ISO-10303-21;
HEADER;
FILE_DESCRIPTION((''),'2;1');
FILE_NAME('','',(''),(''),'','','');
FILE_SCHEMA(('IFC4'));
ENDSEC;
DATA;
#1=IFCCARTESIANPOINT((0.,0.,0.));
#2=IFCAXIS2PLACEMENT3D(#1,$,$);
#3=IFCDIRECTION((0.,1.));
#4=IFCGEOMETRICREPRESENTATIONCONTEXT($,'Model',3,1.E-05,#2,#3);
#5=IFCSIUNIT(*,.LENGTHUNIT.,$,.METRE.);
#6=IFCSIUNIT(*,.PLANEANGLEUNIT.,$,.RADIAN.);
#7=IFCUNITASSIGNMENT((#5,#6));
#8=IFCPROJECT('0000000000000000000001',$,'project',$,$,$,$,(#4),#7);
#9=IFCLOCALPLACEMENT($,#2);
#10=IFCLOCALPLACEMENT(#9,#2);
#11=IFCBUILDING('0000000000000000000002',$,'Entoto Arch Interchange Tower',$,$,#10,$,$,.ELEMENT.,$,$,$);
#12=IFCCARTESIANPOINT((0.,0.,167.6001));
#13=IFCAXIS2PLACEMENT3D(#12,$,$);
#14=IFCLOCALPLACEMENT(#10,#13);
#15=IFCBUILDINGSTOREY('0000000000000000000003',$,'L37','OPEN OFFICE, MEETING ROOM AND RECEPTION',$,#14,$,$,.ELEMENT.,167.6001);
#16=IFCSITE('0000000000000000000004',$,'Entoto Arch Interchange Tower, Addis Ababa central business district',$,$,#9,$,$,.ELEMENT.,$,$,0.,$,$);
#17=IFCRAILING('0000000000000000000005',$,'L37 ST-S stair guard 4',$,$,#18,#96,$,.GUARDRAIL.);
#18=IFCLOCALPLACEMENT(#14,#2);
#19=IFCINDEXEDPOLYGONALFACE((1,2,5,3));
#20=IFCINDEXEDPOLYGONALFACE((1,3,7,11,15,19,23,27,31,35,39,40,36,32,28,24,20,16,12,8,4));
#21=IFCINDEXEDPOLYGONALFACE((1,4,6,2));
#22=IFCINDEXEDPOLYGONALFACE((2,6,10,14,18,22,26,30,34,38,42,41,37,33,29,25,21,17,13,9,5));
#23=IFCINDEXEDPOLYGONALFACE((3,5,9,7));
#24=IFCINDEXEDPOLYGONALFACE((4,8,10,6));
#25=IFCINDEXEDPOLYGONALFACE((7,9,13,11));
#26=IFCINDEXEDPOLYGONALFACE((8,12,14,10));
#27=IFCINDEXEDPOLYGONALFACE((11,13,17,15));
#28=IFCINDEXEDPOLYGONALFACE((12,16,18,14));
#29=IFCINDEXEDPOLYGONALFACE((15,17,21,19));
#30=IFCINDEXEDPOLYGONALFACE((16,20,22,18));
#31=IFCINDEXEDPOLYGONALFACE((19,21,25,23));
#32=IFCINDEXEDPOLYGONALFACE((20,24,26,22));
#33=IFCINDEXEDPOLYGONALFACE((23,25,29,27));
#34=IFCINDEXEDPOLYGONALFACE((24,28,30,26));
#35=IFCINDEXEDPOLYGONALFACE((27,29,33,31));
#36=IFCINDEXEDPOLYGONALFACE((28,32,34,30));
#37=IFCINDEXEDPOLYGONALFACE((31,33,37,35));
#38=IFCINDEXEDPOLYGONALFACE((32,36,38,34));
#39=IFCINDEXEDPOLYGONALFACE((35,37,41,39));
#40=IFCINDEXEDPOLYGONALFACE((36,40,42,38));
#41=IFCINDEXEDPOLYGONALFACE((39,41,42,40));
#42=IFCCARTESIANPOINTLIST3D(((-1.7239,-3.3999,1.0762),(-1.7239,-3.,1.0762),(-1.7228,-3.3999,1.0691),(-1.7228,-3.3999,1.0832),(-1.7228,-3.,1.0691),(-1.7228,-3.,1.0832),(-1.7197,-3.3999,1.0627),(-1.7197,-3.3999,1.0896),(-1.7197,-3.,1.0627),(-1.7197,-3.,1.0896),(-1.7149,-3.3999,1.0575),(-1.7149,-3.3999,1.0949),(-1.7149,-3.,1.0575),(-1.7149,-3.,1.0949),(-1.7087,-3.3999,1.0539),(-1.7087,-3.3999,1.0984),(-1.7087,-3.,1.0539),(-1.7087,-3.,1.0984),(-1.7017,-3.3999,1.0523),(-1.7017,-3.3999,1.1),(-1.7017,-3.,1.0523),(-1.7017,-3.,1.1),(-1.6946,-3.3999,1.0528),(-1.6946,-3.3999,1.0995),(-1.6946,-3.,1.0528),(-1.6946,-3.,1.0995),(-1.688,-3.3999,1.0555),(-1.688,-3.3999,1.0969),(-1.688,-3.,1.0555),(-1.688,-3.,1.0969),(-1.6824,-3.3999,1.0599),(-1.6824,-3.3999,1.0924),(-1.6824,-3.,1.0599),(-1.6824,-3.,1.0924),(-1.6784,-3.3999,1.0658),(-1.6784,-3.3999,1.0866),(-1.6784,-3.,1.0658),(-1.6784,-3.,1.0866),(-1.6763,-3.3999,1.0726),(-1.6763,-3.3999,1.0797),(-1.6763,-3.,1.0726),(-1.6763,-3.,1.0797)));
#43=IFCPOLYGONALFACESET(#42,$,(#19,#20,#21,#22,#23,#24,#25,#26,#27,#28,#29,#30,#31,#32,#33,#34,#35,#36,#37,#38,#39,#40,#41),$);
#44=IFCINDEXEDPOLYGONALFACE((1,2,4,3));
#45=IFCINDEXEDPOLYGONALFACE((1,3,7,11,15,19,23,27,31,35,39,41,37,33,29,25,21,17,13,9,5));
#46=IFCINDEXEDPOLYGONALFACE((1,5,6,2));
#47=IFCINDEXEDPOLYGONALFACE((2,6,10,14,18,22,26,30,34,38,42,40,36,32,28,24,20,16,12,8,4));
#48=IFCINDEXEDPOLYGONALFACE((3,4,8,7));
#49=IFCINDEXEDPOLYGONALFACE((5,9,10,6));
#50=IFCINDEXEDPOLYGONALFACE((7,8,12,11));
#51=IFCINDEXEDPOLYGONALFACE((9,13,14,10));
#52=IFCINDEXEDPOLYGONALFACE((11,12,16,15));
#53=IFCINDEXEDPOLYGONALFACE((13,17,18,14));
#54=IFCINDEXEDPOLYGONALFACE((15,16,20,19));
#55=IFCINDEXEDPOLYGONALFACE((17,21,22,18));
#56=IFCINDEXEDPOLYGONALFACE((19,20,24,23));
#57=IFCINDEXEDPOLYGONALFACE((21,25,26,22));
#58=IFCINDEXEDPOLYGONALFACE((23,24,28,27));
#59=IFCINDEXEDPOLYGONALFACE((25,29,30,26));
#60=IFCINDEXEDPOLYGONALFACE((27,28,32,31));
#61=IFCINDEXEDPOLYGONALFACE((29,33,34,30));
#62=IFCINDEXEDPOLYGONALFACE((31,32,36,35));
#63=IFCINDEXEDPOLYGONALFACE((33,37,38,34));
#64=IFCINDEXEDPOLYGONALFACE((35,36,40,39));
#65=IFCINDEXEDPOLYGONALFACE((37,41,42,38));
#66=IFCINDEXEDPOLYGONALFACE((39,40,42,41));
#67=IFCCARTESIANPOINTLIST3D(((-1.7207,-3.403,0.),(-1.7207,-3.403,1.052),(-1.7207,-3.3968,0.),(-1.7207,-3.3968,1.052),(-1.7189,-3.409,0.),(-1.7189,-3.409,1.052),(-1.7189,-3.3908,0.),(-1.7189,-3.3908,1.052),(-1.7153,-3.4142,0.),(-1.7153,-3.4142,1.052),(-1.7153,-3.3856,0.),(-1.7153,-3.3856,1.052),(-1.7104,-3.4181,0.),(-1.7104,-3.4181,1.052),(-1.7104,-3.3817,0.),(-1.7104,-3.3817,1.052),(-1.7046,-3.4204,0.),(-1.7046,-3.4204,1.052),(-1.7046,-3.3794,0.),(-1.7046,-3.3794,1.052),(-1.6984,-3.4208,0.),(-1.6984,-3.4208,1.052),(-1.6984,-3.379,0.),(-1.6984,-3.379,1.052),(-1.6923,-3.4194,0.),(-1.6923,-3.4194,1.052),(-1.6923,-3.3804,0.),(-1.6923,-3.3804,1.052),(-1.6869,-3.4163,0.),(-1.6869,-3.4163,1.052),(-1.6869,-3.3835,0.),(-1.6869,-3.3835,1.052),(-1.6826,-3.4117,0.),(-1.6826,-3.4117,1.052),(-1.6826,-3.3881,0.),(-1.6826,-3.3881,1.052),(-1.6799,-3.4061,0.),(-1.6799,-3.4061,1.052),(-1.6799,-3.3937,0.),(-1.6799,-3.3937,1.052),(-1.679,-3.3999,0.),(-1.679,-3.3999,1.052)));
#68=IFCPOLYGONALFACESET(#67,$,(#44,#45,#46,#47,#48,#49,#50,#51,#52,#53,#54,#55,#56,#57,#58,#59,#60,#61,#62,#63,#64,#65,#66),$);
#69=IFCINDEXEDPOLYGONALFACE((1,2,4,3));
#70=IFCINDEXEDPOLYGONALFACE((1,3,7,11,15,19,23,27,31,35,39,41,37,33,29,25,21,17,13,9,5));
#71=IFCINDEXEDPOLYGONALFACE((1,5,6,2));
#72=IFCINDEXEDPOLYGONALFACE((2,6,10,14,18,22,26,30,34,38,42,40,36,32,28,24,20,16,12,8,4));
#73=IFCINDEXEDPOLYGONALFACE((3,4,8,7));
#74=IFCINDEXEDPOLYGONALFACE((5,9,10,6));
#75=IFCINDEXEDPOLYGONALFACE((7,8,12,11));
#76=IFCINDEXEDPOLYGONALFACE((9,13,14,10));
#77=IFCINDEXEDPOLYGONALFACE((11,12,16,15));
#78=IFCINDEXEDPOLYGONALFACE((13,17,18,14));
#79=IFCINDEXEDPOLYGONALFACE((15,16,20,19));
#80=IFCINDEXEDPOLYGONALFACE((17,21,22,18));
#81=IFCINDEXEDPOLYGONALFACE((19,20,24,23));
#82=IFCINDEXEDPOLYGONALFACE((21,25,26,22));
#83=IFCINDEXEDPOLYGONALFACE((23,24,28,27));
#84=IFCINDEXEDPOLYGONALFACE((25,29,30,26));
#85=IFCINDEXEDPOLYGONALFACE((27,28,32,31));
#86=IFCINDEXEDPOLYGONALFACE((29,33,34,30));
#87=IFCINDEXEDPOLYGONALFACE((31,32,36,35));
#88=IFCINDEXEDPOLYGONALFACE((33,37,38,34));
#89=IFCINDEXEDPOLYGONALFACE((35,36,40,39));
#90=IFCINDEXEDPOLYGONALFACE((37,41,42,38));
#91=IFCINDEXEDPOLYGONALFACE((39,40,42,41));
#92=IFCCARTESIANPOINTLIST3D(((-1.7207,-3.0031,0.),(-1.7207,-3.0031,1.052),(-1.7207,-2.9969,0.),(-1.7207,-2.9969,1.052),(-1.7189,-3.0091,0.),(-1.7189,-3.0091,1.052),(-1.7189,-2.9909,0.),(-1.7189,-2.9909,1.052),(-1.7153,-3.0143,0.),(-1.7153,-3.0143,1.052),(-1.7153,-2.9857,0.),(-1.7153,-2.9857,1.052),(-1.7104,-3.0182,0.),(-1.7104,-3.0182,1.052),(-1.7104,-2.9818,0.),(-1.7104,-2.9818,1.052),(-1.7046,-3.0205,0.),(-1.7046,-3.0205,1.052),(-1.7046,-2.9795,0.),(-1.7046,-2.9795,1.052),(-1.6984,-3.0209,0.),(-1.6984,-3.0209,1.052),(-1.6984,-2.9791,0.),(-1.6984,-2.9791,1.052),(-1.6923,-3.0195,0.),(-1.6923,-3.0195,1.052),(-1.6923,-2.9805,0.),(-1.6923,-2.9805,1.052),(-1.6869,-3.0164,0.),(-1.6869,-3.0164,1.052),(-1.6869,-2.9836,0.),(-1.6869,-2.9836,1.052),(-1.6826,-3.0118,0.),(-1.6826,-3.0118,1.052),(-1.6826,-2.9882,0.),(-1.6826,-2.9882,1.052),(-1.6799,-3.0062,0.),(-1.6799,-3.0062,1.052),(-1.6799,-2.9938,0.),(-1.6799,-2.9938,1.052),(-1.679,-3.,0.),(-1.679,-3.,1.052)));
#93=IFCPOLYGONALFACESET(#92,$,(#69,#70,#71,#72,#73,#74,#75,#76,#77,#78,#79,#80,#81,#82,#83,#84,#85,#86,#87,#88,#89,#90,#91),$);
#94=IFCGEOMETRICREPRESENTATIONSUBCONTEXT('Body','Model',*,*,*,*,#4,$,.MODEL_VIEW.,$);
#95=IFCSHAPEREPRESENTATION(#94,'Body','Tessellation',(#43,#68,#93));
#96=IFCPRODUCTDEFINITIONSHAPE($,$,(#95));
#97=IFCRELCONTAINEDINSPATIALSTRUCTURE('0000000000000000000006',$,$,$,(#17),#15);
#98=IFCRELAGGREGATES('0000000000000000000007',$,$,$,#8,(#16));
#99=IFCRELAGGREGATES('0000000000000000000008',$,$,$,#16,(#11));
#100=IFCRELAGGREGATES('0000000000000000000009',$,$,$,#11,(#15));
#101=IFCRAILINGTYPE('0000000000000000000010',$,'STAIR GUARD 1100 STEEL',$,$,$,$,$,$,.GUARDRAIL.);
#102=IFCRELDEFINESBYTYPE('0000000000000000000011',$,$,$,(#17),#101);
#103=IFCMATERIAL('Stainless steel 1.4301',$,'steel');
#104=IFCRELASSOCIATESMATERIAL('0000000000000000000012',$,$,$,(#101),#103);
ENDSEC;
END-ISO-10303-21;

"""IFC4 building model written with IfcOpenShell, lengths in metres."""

from ifc_helpers import new_model, si_unit, direction, frame, origin, origin_2d, place, context, subcontext, project, spatial, circle, extrude, material, type_object, element, save


model = new_model("IFC4")

# Units and contexts
model_context = context("Model", 3, precision=1e-05, world=origin(), true_north=direction((0.0, 1.0)))
body_context = subcontext(model_context, "Body", "Model", "MODEL_VIEW")
ifc_project = project(units=[si_unit("LENGTHUNIT", "METRE"), si_unit("PLANEANGLEUNIT", "RADIAN")], contexts=[model_context])

# Site, building, storey
site_placement = place(None, origin())
site = spatial("IfcSite", under=ifc_project, at=site_placement, Name="Entoto Arch Interchange Tower, Addis Ababa central business district", CompositionType="ELEMENT", RefElevation=0.0)
building_placement = place(site_placement, origin())
building = spatial("IfcBuilding", under=site, at=building_placement, Name="Entoto Arch Interchange Tower", CompositionType="ELEMENT")
storey_placement = place(building_placement, frame((0.0, 0.0, 167.6001)))
storey = spatial("IfcBuildingStorey", under=building, at=storey_placement, Name="L37", Description="OPEN OFFICE, MEETING ROOM AND RECEPTION", CompositionType="ELEMENT", Elevation=167.6001)

# Railing
ifc_material_1 = material(Name="Stainless steel 1.4301", Category="steel")
railing_type_1 = type_object("IfcRailingType", Name="STAIR GUARD 1100 STEEL", PredefinedType="GUARDRAIL", material=ifc_material_1)
railing_1_placement = place(storey_placement, frame((-1.7, -3.3999, 0.0)))
element("IfcRailing", 1, at=railing_1_placement, inside=storey, type_object=railing_type_1, Name="L37 ST-S stair guard 4", PredefinedType="GUARDRAIL", context=body_context, shape_type="SweptSolid", body=[
    extrude(circle(Radius=0.0239, at=origin_2d()), frame((0.0, 0.0, 1.0762), z_axis=(0.0, 1.0, 0.0), x_axis=(-1.0, 0.0, 0.0)), (0.0, 0.0, 1.0), 0.3999),
    extrude(circle(Radius=0.021, at=origin_2d()), origin(), (0.0, 0.0, 1.0), 1.052),
    extrude(circle(Radius=0.021, at=origin_2d()), frame((0.0, 0.3999, 0.0)), (0.0, 0.0, 1.0), 1.052),
])

save(model, "model.ifc")
